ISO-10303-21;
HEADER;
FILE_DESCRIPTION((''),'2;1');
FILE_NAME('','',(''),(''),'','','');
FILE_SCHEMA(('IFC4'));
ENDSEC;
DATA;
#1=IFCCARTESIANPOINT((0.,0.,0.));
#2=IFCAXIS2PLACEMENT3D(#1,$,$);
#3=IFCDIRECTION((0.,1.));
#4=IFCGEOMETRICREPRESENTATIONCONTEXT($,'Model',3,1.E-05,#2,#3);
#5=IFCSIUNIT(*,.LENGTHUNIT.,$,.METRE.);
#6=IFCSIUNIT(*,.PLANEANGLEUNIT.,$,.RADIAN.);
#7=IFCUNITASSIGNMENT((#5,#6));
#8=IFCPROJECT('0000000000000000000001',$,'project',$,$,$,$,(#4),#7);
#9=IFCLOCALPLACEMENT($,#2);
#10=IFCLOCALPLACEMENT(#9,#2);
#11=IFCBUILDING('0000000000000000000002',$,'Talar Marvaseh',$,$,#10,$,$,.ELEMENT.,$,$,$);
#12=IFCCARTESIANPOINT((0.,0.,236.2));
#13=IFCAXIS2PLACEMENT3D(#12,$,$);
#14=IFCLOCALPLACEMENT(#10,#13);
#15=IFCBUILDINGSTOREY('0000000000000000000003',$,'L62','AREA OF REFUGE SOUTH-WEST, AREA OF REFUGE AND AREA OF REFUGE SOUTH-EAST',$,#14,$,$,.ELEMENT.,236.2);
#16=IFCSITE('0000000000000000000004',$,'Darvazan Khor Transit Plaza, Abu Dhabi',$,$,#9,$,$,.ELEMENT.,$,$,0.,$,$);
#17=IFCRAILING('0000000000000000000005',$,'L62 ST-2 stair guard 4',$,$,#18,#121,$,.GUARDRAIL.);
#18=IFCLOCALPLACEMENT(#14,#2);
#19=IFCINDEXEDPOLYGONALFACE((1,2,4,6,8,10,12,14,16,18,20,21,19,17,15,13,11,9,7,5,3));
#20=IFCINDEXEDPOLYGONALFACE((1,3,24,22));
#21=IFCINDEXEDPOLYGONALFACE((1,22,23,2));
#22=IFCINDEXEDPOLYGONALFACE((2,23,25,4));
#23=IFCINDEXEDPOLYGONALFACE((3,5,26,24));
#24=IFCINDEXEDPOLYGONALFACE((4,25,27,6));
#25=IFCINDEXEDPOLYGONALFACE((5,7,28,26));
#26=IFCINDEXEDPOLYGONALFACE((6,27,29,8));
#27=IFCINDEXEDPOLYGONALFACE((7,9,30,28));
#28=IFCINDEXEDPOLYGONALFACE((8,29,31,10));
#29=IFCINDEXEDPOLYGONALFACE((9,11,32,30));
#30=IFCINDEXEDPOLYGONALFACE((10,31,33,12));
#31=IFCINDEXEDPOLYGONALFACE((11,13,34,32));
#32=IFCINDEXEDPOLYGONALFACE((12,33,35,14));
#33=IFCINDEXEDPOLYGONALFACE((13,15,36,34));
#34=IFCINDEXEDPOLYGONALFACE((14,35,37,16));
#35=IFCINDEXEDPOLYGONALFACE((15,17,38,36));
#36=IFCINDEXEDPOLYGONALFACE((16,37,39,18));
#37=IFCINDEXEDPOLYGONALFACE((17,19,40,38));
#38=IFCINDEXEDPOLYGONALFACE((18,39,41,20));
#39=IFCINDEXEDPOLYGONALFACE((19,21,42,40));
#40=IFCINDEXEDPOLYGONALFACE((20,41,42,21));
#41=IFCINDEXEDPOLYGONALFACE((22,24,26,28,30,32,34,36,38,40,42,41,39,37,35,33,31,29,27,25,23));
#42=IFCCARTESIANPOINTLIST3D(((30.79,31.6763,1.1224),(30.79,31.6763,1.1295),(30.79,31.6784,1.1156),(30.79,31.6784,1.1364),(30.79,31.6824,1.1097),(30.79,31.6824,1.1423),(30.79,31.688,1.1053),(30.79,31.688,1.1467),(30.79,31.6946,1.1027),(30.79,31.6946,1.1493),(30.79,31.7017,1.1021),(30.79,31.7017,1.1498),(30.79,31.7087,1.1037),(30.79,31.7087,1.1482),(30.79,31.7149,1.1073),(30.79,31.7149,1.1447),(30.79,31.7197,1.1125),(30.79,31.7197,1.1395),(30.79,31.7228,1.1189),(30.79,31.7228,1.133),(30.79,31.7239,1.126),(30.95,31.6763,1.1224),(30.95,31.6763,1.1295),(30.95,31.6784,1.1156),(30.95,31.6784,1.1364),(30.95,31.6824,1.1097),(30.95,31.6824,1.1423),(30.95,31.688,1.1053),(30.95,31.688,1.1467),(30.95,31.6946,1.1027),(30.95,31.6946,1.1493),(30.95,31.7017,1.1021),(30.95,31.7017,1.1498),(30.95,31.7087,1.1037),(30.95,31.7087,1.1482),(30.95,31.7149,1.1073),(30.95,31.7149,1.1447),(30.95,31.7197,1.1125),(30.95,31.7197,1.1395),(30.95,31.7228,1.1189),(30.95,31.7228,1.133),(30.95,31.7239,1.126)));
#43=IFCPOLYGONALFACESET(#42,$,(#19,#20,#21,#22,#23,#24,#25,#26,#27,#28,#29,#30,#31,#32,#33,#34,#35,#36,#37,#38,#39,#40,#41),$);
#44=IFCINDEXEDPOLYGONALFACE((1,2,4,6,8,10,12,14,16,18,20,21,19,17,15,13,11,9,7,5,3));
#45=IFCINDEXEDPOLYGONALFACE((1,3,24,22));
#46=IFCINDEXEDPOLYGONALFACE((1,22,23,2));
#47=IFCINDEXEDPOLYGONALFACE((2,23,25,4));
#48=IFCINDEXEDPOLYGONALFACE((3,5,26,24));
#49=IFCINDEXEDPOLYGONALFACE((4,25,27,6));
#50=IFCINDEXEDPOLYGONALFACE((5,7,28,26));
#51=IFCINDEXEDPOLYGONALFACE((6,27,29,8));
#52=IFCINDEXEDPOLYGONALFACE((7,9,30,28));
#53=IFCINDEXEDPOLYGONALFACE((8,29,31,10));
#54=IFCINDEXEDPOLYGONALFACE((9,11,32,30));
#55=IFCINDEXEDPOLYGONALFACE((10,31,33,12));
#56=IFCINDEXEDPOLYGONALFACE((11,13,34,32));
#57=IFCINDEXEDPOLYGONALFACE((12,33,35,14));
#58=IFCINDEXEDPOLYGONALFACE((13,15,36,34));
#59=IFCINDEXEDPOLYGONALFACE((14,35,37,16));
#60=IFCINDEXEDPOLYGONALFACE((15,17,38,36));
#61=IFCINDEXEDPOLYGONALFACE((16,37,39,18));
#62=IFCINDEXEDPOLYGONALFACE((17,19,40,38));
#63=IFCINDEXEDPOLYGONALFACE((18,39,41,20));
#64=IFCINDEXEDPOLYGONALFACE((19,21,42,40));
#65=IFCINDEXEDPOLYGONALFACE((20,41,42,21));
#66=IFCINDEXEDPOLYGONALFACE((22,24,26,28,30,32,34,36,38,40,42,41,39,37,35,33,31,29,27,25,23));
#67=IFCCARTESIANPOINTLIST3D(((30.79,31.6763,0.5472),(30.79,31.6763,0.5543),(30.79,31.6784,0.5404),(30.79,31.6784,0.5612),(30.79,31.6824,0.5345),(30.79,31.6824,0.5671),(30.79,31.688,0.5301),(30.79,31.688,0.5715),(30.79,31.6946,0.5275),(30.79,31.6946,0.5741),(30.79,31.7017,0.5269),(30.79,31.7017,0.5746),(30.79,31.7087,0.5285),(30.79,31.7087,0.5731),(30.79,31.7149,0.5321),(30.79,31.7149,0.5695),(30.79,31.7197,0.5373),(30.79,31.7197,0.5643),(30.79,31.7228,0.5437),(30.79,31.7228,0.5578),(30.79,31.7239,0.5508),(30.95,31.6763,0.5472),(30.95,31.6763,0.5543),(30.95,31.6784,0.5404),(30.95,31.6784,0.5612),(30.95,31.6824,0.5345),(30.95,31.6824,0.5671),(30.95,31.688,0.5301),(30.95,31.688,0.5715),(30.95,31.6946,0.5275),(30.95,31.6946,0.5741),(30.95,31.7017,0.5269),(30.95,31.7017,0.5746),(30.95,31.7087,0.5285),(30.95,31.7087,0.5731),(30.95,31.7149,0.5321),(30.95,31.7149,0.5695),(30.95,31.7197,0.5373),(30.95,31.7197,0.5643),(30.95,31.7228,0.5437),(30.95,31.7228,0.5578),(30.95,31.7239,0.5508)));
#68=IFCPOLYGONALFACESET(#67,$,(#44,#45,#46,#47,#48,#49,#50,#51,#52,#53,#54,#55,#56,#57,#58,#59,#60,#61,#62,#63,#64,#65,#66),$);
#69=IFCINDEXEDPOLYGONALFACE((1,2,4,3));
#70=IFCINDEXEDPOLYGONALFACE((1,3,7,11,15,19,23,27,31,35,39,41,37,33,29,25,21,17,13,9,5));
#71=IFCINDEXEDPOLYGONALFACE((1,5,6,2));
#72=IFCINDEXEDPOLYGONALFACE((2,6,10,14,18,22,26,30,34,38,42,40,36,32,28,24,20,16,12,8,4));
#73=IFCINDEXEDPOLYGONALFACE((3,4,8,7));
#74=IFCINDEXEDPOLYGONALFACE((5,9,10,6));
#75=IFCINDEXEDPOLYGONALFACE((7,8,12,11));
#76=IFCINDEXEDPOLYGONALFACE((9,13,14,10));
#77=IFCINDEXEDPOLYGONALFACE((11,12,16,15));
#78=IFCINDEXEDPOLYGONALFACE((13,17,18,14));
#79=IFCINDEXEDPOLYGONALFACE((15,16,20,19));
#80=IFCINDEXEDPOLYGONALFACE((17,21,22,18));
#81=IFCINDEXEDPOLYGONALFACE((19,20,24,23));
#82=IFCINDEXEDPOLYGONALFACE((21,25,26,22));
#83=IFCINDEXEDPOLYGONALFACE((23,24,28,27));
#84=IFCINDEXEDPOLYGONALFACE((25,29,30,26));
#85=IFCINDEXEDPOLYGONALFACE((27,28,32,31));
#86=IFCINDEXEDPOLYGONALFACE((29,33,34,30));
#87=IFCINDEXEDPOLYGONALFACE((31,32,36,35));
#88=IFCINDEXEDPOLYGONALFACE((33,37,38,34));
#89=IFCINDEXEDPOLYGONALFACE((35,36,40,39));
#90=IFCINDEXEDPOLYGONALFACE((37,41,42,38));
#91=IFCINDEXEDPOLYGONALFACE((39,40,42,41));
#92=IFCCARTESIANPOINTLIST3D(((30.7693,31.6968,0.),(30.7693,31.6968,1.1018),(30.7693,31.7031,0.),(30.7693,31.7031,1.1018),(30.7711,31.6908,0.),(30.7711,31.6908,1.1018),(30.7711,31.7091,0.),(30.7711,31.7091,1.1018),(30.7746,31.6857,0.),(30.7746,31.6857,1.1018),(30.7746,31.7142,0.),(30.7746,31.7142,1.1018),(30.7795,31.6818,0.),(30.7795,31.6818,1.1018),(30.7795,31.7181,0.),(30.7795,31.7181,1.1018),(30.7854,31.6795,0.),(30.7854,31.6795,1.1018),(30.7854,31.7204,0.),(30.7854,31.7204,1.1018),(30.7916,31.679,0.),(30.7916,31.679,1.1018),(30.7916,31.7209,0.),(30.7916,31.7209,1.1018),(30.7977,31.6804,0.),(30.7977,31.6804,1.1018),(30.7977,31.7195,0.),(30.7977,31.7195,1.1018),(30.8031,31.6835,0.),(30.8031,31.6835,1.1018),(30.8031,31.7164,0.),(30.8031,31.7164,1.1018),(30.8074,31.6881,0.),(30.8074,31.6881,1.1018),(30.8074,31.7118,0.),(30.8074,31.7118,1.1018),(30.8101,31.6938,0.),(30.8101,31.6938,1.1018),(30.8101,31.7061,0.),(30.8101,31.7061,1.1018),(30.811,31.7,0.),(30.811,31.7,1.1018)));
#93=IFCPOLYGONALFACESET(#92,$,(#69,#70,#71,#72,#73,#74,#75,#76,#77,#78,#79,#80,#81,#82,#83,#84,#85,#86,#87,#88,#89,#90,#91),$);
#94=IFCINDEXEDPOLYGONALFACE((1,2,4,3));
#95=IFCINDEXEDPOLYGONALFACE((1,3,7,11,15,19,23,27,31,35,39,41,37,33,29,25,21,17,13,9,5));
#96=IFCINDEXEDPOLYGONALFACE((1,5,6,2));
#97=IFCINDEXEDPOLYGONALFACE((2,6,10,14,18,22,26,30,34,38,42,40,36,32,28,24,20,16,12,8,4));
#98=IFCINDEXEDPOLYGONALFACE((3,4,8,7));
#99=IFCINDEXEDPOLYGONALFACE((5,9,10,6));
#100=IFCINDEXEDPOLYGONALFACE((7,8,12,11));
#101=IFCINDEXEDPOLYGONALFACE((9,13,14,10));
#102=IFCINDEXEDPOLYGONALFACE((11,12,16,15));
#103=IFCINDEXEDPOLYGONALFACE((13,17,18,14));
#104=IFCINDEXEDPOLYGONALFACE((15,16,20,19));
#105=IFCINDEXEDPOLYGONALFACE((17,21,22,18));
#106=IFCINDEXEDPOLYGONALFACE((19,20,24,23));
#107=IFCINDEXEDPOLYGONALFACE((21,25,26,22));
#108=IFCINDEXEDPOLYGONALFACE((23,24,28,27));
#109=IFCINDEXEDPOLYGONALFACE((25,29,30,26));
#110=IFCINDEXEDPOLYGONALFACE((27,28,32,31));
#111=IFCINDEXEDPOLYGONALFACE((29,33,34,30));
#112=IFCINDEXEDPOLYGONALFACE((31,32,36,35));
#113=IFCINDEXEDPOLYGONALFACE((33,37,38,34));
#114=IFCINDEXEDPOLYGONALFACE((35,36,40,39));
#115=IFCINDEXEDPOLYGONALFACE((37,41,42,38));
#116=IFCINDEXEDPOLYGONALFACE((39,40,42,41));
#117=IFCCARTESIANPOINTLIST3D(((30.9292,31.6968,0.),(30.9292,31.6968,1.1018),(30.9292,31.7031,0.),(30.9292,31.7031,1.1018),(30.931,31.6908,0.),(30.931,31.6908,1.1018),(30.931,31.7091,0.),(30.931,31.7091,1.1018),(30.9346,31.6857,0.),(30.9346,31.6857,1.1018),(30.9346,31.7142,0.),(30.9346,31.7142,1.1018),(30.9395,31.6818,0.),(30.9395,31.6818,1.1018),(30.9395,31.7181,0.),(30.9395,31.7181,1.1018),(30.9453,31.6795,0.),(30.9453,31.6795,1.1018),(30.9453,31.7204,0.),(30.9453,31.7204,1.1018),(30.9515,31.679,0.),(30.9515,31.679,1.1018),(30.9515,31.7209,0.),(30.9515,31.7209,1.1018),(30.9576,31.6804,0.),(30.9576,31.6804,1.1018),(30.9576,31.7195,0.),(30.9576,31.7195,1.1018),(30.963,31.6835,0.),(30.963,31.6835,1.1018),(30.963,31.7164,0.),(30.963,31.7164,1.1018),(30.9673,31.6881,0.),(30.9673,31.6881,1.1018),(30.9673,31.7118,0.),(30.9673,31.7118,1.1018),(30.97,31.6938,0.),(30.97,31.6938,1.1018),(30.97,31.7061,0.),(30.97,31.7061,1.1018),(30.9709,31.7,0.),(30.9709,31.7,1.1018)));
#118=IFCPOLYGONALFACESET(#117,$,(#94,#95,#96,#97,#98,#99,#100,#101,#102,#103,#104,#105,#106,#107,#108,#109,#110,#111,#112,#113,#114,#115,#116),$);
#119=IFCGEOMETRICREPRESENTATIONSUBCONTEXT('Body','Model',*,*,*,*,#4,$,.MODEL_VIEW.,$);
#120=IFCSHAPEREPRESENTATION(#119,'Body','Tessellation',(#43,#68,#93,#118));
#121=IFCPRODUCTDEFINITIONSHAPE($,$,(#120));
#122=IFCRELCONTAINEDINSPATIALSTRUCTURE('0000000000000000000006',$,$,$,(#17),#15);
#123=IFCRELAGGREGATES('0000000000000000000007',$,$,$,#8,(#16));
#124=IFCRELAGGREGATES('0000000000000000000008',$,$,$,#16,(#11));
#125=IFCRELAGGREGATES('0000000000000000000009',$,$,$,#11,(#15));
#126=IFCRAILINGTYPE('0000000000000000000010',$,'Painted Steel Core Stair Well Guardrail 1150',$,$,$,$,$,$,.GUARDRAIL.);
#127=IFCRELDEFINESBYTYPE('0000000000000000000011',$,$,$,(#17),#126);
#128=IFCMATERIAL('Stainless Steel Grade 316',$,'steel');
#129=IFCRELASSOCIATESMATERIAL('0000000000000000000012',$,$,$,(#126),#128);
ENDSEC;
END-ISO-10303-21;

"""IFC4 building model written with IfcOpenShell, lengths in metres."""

from ifc_helpers import new_model, si_unit, direction, frame, origin, origin_2d, place, context, subcontext, project, spatial, circle, extrude, material, type_object, element, save


model = new_model("IFC4")

# Units and contexts
model_context = context("Model", 3, precision=1e-05, world=origin(), true_north=direction((0.0, 1.0)))
body_context = subcontext(model_context, "Body", "Model", "MODEL_VIEW")
ifc_project = project(units=[si_unit("LENGTHUNIT", "METRE"), si_unit("PLANEANGLEUNIT", "RADIAN")], contexts=[model_context])

# Site, building, storey
site_placement = place(None, origin())
site = spatial("IfcSite", under=ifc_project, at=site_placement, Name="Darvazan Khor Transit Plaza, Abu Dhabi", CompositionType="ELEMENT", RefElevation=0.0)
building_placement = place(site_placement, origin())
building = spatial("IfcBuilding", under=site, at=building_placement, Name="Talar Marvaseh", CompositionType="ELEMENT")
storey_placement = place(building_placement, frame((0.0, 0.0, 236.2)))
storey = spatial("IfcBuildingStorey", under=building, at=storey_placement, Name="L62", Description="AREA OF REFUGE SOUTH-WEST, AREA OF REFUGE AND AREA OF REFUGE SOUTH-EAST", CompositionType="ELEMENT", Elevation=236.2)

# Railing
ifc_material_1 = material(Name="Stainless Steel Grade 316", Category="steel")
railing_type_1 = type_object("IfcRailingType", Name="Painted Steel Core Stair Well Guardrail 1150", PredefinedType="GUARDRAIL", material=ifc_material_1)
railing_1_placement = place(storey_placement, frame((30.79, 31.7, 0.0)))
element("IfcRailing", 1, at=railing_1_placement, inside=storey, type_object=railing_type_1, Name="L62 ST-2 stair guard 4", PredefinedType="GUARDRAIL", context=body_context, shape_type="SweptSolid", body=[
    extrude(circle(Radius=0.0239, at=origin_2d()), frame((0.0, 0.0, 1.126), z_axis=(1.0, 0.0, 0.0), x_axis=(0.0, 1.0, 0.0)), (0.0, 0.0, 1.0), 0.1599),
    extrude(circle(Radius=0.0239, at=origin_2d()), frame((0.0, 0.0, 0.5508), z_axis=(1.0, 0.0, 0.0), x_axis=(0.0, 1.0, 0.0)), (0.0, 0.0, 1.0), 0.1599),
    extrude(circle(Radius=0.021, at=origin_2d()), origin(), (0.0, 0.0, 1.0), 1.1018),
    extrude(circle(Radius=0.021, at=origin_2d()), frame((0.1599, 0.0, 0.0)), (0.0, 0.0, 1.0), 1.1018),
])

save(model, "model.ifc")
